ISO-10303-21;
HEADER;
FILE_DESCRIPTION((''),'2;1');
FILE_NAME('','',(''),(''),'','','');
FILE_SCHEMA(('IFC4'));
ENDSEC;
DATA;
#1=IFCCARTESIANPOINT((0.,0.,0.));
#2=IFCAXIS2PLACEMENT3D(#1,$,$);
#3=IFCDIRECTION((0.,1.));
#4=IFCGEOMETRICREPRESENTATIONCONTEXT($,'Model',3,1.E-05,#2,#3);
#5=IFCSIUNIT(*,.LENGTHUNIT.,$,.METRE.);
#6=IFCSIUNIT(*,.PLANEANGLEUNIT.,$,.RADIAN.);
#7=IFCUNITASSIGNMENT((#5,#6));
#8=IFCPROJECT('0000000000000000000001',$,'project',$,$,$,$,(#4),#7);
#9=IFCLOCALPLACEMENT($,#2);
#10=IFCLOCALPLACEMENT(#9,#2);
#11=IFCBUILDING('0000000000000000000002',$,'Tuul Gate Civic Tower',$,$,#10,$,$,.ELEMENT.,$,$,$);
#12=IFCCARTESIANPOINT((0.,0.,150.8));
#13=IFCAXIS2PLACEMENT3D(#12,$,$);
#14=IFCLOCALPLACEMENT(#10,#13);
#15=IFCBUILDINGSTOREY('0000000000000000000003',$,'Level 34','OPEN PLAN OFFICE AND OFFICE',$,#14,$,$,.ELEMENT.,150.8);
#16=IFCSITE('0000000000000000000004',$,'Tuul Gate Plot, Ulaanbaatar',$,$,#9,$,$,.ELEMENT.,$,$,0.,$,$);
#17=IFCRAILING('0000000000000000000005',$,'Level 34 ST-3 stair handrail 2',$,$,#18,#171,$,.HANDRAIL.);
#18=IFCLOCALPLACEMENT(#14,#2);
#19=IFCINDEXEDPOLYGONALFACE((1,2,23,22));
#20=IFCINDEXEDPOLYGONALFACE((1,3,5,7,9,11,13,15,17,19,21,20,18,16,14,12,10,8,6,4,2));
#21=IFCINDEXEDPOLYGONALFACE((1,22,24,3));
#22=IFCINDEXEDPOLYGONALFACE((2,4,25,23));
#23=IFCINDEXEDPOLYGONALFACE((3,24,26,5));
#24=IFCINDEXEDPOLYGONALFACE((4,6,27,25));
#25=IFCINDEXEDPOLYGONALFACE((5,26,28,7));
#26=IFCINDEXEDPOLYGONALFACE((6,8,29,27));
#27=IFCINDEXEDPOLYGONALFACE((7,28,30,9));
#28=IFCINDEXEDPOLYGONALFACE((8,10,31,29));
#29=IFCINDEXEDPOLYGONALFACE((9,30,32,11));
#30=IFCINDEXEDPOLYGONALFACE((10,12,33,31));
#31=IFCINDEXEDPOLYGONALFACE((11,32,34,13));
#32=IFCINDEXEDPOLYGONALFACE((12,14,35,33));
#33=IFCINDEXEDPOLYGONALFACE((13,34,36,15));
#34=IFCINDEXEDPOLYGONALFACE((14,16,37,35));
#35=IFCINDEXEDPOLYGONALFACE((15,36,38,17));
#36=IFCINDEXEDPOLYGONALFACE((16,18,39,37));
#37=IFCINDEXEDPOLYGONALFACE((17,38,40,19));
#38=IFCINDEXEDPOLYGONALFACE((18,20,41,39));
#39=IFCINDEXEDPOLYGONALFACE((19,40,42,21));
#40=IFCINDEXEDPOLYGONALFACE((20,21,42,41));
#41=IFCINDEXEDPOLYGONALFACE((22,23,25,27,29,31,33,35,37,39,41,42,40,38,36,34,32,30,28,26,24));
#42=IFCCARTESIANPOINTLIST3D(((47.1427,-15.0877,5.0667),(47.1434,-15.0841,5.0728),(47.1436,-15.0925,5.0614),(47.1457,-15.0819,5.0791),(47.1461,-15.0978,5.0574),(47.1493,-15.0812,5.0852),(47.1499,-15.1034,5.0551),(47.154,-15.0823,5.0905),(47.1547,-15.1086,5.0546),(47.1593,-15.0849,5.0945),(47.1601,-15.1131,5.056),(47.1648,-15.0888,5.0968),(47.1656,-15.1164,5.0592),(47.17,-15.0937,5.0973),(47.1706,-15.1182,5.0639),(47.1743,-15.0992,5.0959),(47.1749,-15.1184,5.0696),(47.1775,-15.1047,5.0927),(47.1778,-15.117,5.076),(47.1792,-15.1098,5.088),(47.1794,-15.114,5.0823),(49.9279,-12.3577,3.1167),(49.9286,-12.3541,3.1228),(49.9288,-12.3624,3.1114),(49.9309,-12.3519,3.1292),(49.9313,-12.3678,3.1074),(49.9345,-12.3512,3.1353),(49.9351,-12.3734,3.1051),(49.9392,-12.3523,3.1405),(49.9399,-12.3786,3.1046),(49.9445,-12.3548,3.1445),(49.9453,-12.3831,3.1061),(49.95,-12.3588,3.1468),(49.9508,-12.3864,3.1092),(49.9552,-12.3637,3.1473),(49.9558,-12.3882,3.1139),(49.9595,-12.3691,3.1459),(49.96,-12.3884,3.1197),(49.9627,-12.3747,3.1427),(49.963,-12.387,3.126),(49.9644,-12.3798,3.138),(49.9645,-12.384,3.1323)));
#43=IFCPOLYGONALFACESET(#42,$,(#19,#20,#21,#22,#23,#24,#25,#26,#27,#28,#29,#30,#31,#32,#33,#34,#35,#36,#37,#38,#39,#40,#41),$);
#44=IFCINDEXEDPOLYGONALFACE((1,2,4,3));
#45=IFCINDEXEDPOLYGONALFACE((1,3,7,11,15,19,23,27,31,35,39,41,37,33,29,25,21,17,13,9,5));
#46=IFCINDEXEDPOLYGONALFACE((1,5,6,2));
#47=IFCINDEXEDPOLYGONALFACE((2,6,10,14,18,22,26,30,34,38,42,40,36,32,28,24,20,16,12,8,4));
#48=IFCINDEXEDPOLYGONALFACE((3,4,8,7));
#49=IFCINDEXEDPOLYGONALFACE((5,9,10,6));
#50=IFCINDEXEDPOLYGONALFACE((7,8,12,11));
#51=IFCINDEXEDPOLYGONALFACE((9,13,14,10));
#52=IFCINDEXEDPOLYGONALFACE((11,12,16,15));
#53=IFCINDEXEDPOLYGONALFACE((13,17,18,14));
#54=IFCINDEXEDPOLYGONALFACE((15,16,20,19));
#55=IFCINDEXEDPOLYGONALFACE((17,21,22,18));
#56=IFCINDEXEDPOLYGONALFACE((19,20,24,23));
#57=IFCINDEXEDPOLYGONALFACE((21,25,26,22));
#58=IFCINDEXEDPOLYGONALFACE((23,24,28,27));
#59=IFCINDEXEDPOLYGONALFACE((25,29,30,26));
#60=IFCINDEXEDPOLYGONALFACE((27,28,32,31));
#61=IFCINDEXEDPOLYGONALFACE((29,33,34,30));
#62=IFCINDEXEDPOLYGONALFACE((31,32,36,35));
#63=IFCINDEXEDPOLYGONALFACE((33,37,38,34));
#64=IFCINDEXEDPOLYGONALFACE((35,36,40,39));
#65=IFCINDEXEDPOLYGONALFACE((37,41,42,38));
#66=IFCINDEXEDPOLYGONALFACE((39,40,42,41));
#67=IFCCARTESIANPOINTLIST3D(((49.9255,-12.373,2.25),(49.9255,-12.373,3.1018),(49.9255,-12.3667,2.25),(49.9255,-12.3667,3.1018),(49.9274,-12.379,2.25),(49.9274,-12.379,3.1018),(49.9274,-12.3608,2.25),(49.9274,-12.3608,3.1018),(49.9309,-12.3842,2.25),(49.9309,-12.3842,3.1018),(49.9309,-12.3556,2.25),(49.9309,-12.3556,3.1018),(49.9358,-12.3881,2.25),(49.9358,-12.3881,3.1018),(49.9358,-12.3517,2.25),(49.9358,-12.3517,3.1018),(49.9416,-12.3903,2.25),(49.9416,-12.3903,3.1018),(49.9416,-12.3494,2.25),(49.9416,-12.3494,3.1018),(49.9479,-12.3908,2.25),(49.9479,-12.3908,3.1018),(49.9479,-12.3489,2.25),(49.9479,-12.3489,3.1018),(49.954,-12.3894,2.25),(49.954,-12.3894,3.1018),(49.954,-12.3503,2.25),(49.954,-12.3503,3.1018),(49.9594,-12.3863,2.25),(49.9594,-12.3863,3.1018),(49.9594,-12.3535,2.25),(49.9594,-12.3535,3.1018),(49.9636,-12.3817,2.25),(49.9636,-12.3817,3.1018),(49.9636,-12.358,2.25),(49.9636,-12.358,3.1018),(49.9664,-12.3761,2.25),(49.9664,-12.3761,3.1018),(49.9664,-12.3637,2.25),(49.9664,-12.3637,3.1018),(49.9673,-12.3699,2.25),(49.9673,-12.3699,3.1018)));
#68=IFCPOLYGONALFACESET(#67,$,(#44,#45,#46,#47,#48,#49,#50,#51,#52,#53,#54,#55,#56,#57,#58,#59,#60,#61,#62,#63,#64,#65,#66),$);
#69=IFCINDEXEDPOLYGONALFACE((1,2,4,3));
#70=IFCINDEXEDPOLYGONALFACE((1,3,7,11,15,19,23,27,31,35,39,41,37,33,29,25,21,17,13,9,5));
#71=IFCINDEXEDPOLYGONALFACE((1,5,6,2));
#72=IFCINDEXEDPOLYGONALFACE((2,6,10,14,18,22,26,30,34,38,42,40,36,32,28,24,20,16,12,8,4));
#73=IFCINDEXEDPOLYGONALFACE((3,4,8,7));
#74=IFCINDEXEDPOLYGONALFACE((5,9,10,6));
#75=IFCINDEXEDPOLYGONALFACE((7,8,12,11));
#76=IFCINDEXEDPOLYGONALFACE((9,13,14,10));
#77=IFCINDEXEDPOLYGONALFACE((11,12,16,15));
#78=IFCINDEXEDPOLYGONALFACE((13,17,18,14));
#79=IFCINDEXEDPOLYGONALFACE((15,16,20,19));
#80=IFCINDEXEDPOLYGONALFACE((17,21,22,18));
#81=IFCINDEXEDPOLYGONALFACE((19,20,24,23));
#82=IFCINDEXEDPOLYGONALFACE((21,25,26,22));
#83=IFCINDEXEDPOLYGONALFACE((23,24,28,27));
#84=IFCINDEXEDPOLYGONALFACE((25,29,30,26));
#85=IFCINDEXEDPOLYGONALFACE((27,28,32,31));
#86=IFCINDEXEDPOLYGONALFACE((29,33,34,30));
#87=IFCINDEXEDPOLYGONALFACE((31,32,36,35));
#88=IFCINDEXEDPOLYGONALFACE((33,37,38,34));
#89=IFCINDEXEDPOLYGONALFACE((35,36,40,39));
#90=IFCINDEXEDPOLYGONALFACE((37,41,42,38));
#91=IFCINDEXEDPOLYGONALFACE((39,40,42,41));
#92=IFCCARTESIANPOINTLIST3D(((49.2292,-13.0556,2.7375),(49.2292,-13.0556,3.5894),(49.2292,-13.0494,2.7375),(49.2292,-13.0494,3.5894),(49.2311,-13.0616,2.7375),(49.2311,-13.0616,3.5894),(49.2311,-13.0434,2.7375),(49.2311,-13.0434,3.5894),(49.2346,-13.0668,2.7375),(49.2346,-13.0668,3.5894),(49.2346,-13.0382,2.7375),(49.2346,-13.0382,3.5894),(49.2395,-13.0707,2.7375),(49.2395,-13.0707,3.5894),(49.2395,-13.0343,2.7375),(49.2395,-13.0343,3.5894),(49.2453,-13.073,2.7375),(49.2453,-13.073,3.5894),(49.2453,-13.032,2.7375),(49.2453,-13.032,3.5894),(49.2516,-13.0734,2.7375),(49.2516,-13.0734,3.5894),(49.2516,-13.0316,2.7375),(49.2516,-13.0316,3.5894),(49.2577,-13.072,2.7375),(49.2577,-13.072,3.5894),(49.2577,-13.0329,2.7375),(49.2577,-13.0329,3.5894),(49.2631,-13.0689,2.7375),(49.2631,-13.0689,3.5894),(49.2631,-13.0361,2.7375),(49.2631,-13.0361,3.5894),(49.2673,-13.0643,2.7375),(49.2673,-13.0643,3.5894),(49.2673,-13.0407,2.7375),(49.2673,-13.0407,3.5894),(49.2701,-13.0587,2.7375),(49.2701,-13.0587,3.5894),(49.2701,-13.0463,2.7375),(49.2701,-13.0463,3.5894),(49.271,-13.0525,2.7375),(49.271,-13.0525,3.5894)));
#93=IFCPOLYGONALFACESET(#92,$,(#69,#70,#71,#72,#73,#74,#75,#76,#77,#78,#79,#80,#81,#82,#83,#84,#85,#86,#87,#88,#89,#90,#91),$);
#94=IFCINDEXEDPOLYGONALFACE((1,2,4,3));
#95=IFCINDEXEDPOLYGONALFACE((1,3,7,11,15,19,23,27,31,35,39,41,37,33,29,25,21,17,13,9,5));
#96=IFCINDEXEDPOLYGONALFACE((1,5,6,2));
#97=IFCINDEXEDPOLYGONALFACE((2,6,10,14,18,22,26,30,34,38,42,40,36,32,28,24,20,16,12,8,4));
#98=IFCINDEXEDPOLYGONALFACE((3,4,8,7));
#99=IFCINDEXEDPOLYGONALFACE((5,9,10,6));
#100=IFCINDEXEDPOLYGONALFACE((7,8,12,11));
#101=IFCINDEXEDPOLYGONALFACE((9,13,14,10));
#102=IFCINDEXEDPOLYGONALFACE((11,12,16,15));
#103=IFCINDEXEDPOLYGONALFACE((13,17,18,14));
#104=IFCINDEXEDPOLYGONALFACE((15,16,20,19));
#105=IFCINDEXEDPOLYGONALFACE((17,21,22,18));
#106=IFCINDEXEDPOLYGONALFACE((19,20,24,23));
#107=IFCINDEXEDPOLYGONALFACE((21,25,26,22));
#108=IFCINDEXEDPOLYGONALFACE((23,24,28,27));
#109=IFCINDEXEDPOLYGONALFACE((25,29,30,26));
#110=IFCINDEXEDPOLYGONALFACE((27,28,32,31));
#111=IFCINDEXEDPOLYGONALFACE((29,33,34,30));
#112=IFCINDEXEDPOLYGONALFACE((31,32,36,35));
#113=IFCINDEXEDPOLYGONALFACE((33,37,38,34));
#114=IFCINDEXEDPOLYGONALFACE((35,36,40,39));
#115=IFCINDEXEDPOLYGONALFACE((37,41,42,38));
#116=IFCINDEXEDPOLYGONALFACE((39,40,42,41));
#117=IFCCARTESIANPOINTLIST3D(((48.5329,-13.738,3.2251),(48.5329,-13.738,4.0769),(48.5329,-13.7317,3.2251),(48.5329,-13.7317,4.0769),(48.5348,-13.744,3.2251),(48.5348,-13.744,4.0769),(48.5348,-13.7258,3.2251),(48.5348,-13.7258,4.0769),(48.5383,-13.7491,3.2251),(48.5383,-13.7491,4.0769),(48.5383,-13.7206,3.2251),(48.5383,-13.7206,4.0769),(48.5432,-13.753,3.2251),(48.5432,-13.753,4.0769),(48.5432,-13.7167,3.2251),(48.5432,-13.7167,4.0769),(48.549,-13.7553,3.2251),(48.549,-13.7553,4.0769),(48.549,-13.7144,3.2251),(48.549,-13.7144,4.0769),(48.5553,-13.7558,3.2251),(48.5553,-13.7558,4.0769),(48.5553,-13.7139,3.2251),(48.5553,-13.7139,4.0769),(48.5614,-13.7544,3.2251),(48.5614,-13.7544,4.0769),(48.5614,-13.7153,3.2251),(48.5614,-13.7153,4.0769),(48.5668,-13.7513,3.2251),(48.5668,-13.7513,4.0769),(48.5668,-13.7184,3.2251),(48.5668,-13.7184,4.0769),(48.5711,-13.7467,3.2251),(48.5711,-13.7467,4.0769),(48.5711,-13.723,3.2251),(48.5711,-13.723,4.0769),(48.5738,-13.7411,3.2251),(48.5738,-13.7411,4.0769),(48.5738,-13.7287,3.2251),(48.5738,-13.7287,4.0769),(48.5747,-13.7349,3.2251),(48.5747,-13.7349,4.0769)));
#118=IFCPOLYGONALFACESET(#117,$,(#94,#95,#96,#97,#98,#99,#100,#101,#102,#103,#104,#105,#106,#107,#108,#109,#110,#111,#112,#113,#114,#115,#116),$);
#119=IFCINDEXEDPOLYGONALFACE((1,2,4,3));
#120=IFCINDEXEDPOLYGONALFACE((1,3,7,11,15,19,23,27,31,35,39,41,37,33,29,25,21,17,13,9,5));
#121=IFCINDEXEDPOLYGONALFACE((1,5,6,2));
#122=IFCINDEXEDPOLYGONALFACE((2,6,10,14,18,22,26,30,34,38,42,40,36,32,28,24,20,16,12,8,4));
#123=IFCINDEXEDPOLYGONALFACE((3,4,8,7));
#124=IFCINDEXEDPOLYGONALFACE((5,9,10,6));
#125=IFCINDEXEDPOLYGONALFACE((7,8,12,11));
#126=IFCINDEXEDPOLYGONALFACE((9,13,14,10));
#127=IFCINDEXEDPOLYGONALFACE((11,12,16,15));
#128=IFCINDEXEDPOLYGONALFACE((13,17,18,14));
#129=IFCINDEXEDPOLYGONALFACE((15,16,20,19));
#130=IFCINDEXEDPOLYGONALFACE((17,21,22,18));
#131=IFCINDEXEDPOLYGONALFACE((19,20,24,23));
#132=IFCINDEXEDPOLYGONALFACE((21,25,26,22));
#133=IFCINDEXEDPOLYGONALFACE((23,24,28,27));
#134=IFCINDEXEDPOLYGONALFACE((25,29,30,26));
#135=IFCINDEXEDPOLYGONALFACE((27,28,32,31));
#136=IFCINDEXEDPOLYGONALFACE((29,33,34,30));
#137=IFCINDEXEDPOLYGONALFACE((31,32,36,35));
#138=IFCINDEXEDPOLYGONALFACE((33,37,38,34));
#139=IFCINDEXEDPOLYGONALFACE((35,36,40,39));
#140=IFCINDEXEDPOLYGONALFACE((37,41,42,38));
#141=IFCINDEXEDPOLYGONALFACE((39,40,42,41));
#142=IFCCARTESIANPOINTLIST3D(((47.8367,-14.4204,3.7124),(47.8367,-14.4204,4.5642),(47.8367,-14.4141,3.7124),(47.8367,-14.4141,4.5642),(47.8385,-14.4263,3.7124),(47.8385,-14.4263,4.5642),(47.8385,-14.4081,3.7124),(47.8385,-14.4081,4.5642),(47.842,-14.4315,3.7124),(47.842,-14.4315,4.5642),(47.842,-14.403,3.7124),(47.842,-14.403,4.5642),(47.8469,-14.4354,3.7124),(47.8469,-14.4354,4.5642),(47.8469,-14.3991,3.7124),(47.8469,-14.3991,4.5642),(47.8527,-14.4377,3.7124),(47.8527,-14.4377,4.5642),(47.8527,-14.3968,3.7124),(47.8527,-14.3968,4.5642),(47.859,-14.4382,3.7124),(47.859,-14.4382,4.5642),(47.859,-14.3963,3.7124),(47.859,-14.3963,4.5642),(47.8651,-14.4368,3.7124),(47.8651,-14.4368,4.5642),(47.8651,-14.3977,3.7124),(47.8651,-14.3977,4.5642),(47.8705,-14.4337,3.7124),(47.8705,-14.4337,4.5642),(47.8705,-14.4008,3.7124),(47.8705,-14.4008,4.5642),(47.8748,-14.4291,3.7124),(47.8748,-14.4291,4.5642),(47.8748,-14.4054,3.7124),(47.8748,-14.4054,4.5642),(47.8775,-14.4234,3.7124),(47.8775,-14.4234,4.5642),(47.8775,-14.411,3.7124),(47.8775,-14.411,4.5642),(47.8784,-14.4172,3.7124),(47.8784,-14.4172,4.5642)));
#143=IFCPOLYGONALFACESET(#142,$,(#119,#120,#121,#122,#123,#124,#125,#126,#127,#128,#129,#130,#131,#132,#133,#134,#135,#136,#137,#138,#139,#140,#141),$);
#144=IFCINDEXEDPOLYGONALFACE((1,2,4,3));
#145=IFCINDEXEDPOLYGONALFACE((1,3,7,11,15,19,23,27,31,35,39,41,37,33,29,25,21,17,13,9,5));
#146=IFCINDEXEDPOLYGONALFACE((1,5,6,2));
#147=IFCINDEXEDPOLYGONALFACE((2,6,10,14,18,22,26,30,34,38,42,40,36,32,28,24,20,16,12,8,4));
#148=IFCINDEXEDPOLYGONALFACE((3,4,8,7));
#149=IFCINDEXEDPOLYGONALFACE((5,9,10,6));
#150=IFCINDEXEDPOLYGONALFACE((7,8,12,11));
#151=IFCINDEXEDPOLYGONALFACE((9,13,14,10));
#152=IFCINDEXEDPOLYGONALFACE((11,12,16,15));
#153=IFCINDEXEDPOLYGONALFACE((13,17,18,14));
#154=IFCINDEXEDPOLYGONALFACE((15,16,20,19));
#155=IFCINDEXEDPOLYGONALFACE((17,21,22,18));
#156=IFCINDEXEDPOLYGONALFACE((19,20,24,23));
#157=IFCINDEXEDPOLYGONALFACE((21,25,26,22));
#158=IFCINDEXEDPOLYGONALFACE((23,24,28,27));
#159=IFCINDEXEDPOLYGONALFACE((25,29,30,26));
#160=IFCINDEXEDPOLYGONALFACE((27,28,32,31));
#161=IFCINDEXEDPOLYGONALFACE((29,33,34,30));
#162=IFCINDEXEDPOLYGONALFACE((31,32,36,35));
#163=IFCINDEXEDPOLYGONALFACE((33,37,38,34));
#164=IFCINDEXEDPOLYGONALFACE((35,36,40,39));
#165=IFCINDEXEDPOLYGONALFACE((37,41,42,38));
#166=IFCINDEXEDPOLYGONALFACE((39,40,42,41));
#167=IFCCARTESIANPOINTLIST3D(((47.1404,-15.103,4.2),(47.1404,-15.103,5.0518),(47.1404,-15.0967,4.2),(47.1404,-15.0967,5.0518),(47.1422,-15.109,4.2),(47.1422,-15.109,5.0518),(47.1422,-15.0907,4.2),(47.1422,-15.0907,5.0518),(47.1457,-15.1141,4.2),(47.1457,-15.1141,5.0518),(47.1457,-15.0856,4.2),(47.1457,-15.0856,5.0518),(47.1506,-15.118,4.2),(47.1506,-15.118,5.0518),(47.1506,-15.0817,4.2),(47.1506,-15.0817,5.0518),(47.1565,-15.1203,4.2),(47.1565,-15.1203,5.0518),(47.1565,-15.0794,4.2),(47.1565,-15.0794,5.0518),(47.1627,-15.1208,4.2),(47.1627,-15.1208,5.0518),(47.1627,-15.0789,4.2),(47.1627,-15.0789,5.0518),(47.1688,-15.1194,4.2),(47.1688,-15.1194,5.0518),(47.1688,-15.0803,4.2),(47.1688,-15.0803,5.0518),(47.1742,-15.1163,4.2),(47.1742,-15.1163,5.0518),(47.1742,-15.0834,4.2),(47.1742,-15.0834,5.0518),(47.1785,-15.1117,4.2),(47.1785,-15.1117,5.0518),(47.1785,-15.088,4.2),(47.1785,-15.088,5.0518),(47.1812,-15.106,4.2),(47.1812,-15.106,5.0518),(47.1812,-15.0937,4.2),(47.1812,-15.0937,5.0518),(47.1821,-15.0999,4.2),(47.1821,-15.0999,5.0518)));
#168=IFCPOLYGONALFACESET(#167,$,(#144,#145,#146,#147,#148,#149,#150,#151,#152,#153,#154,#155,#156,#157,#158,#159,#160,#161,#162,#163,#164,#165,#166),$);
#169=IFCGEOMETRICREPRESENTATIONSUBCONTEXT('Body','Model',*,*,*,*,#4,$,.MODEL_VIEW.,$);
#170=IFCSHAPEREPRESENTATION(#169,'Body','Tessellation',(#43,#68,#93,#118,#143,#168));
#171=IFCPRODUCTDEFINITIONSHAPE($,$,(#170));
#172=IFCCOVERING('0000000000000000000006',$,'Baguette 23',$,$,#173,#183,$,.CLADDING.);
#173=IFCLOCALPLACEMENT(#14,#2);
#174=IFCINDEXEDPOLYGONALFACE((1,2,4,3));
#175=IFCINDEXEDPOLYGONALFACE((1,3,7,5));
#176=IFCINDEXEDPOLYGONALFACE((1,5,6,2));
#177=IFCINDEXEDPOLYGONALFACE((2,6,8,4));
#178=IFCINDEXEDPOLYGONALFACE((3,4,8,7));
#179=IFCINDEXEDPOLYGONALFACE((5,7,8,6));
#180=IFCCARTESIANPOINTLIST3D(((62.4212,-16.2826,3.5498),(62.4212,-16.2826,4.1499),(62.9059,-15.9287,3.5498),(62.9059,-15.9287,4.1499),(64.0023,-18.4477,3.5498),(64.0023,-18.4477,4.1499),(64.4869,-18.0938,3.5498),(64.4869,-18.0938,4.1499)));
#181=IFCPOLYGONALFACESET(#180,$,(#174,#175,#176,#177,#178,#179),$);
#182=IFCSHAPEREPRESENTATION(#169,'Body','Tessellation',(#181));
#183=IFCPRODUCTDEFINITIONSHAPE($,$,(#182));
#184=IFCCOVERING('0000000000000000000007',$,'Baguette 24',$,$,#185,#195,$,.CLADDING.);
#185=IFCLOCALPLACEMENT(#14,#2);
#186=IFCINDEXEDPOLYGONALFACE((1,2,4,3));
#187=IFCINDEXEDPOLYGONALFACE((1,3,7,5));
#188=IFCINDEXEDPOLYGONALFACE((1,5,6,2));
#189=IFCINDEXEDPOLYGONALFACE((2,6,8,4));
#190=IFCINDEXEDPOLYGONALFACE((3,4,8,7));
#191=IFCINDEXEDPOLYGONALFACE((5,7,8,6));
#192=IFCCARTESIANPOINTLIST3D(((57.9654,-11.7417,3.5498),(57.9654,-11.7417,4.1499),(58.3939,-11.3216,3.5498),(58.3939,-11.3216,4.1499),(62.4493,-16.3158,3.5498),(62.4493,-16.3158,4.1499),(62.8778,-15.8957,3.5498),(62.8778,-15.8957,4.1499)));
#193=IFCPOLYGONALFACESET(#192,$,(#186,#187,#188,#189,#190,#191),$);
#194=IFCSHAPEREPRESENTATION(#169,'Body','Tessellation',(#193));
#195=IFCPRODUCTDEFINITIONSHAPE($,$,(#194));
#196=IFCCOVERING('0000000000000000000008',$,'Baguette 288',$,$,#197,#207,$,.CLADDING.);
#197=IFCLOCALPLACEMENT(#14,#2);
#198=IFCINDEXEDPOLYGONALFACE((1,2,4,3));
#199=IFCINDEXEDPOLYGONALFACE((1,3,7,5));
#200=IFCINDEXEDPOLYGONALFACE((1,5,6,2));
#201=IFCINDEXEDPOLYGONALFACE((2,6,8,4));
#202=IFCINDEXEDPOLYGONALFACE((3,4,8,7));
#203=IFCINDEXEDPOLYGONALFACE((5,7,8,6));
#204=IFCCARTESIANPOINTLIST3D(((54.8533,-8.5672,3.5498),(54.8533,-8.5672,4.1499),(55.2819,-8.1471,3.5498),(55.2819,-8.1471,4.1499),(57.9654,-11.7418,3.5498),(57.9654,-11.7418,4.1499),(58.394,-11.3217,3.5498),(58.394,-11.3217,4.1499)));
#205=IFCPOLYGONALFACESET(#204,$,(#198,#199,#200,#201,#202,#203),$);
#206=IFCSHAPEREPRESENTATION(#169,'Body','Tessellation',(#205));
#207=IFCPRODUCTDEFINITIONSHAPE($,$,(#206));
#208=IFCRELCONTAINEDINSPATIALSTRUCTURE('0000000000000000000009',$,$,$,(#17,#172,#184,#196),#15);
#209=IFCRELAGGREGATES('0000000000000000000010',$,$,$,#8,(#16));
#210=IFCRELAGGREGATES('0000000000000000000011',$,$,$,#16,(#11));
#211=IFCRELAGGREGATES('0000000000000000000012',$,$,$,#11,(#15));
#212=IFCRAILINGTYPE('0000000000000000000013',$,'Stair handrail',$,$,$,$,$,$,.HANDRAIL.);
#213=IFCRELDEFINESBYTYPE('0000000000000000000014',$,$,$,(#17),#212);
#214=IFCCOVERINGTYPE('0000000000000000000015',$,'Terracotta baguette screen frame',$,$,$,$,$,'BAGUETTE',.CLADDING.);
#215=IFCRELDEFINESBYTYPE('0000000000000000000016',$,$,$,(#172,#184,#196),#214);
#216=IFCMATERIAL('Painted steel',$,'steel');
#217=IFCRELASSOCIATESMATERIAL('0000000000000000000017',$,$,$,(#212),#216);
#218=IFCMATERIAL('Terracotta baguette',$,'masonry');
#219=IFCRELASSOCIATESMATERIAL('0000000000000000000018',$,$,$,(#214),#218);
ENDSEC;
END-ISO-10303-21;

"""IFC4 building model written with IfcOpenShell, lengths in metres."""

from ifc_helpers import new_model, si_unit, direction, frame, origin, origin_2d, place, context, subcontext, project, spatial, rectangle, circle, extrude, material, material_profile, profile_set, type_object, element, save


model = new_model("IFC4")

# Units and contexts
model_context = context("Model", 3, precision=1e-05, world=origin(), true_north=direction((0.0, 1.0)))
body_context = subcontext(model_context, "Body", "Model", "MODEL_VIEW")
ifc_project = project(units=[si_unit("LENGTHUNIT", "METRE"), si_unit("PLANEANGLEUNIT", "RADIAN")], contexts=[model_context])

# Site, building, storey
site_placement = place(None, origin())
site = spatial("IfcSite", under=ifc_project, at=site_placement, Name="Tuul Gate Plot, Ulaanbaatar", CompositionType="ELEMENT", RefElevation=0.0)
building_placement = place(site_placement, origin())
building = spatial("IfcBuilding", under=site, at=building_placement, Name="Tuul Gate Civic Tower", CompositionType="ELEMENT")
storey_placement = place(building_placement, frame((0.0, 0.0, 150.8)))
storey = spatial("IfcBuildingStorey", under=building, at=storey_placement, Name="Level 34", Description="OPEN PLAN OFFICE AND OFFICE", CompositionType="ELEMENT", Elevation=150.8)

# Railing
ifc_material_1 = material(Name="Painted steel", Category="steel")
railing_type_1 = type_object("IfcRailingType", Name="Stair handrail", PredefinedType="HANDRAIL", material=ifc_material_1)
railing_1_placement = place(storey_placement, frame((49.9463, -12.3699, 2.25)))
element("IfcRailing", 1, at=railing_1_placement, inside=storey, type_object=railing_type_1, Name="Level 34 ST-3 stair handrail 2", PredefinedType="HANDRAIL", context=body_context, shape_type="SweptSolid", body=[
    extrude(circle(Radius=0.0239, at=origin_2d()), frame((0.0, 0.0, 0.876), z_axis=(-0.638754, -0.6261, 0.447206), x_axis=(0.699998, -0.714145, 0.0)), (0.0, 0.0, 1.0), 4.3604),
    extrude(circle(Radius=0.021, at=origin_2d()), origin(), (0.0, 0.0, 1.0), 0.8518),
    extrude(circle(Radius=0.021, at=origin_2d()), frame((-0.6963, -0.6826, 0.4875)), (0.0, 0.0, 1.0), 0.8518),
    extrude(circle(Radius=0.021, at=origin_2d()), frame((-1.3926, -1.365, 0.9751)), (0.0, 0.0, 1.0), 0.8518),
    extrude(circle(Radius=0.021, at=origin_2d()), frame((-2.0889, -2.0474, 1.4624)), (0.0, 0.0, 1.0), 0.8518),
    extrude(circle(Radius=0.021, at=origin_2d()), frame((-2.7852, -2.73, 1.95)), (0.0, 0.0, 1.0), 0.8518),
])

# Coverings
ifc_material_2 = material(Name="Terracotta baguette", Category="masonry")
ifc_material_profile_1 = material_profile(ifc_material_2, rectangle(XDim=0.6001, YDim=0.6001, at=origin_2d()), Name="Terracotta baguette screen frame")
ifc_profile_set_1 = profile_set([ifc_material_profile_1], Name="Terracotta baguette")
covering_type = type_object("IfcCoveringType", Name="Terracotta baguette screen frame", ElementType="BAGUETTE", PredefinedType="CLADDING", material=ifc_profile_set_1)
covering_1_placement = place(storey_placement, frame((64.2446, -18.2708, 3.8499), z_axis=(-0.589752, 0.807585, 0.0), x_axis=(-0.807585, -0.589752, 0.0)))
element("IfcCovering", 2, at=covering_1_placement, inside=storey, type_object=covering_type, Name="Baguette 23", PredefinedType="CLADDING", context=body_context, shape_type="SweptSolid", body=[
    extrude(rectangle(XDim=0.6001, YDim=0.6001, at=origin_2d()), origin(), (0.0, 0.0, 1.0), 2.6809),
])
covering_2_placement = place(storey_placement, frame((62.6636, -16.1057, 3.8499), z_axis=(-0.700039, 0.714104, 0.0), x_axis=(-0.714104, -0.700039, 0.0)))
element("IfcCovering", 3, at=covering_2_placement, inside=storey, type_object=covering_type, Name="Baguette 24", PredefinedType="CLADDING", context=body_context, shape_type="SweptSolid", body=[
    extrude(rectangle(XDim=0.6001, YDim=0.6001, at=origin_2d()), origin(), (0.0, 0.0, 1.0), 6.4053),
])
covering_3_placement = place(storey_placement, frame((58.1797, -11.5317, 3.8499), z_axis=(-0.700042, 0.714101, 0.0), x_axis=(-0.714101, -0.700042, 0.0)))
element("IfcCovering", 4, at=covering_3_placement, inside=storey, type_object=covering_type, Name="Baguette 288", PredefinedType="CLADDING", context=body_context, shape_type="SweptSolid", body=[
    extrude(rectangle(XDim=0.6001, YDim=0.6001, at=origin_2d()), origin(), (0.0, 0.0, 1.0), 4.4456),
])

save(model, "model.ifc")
